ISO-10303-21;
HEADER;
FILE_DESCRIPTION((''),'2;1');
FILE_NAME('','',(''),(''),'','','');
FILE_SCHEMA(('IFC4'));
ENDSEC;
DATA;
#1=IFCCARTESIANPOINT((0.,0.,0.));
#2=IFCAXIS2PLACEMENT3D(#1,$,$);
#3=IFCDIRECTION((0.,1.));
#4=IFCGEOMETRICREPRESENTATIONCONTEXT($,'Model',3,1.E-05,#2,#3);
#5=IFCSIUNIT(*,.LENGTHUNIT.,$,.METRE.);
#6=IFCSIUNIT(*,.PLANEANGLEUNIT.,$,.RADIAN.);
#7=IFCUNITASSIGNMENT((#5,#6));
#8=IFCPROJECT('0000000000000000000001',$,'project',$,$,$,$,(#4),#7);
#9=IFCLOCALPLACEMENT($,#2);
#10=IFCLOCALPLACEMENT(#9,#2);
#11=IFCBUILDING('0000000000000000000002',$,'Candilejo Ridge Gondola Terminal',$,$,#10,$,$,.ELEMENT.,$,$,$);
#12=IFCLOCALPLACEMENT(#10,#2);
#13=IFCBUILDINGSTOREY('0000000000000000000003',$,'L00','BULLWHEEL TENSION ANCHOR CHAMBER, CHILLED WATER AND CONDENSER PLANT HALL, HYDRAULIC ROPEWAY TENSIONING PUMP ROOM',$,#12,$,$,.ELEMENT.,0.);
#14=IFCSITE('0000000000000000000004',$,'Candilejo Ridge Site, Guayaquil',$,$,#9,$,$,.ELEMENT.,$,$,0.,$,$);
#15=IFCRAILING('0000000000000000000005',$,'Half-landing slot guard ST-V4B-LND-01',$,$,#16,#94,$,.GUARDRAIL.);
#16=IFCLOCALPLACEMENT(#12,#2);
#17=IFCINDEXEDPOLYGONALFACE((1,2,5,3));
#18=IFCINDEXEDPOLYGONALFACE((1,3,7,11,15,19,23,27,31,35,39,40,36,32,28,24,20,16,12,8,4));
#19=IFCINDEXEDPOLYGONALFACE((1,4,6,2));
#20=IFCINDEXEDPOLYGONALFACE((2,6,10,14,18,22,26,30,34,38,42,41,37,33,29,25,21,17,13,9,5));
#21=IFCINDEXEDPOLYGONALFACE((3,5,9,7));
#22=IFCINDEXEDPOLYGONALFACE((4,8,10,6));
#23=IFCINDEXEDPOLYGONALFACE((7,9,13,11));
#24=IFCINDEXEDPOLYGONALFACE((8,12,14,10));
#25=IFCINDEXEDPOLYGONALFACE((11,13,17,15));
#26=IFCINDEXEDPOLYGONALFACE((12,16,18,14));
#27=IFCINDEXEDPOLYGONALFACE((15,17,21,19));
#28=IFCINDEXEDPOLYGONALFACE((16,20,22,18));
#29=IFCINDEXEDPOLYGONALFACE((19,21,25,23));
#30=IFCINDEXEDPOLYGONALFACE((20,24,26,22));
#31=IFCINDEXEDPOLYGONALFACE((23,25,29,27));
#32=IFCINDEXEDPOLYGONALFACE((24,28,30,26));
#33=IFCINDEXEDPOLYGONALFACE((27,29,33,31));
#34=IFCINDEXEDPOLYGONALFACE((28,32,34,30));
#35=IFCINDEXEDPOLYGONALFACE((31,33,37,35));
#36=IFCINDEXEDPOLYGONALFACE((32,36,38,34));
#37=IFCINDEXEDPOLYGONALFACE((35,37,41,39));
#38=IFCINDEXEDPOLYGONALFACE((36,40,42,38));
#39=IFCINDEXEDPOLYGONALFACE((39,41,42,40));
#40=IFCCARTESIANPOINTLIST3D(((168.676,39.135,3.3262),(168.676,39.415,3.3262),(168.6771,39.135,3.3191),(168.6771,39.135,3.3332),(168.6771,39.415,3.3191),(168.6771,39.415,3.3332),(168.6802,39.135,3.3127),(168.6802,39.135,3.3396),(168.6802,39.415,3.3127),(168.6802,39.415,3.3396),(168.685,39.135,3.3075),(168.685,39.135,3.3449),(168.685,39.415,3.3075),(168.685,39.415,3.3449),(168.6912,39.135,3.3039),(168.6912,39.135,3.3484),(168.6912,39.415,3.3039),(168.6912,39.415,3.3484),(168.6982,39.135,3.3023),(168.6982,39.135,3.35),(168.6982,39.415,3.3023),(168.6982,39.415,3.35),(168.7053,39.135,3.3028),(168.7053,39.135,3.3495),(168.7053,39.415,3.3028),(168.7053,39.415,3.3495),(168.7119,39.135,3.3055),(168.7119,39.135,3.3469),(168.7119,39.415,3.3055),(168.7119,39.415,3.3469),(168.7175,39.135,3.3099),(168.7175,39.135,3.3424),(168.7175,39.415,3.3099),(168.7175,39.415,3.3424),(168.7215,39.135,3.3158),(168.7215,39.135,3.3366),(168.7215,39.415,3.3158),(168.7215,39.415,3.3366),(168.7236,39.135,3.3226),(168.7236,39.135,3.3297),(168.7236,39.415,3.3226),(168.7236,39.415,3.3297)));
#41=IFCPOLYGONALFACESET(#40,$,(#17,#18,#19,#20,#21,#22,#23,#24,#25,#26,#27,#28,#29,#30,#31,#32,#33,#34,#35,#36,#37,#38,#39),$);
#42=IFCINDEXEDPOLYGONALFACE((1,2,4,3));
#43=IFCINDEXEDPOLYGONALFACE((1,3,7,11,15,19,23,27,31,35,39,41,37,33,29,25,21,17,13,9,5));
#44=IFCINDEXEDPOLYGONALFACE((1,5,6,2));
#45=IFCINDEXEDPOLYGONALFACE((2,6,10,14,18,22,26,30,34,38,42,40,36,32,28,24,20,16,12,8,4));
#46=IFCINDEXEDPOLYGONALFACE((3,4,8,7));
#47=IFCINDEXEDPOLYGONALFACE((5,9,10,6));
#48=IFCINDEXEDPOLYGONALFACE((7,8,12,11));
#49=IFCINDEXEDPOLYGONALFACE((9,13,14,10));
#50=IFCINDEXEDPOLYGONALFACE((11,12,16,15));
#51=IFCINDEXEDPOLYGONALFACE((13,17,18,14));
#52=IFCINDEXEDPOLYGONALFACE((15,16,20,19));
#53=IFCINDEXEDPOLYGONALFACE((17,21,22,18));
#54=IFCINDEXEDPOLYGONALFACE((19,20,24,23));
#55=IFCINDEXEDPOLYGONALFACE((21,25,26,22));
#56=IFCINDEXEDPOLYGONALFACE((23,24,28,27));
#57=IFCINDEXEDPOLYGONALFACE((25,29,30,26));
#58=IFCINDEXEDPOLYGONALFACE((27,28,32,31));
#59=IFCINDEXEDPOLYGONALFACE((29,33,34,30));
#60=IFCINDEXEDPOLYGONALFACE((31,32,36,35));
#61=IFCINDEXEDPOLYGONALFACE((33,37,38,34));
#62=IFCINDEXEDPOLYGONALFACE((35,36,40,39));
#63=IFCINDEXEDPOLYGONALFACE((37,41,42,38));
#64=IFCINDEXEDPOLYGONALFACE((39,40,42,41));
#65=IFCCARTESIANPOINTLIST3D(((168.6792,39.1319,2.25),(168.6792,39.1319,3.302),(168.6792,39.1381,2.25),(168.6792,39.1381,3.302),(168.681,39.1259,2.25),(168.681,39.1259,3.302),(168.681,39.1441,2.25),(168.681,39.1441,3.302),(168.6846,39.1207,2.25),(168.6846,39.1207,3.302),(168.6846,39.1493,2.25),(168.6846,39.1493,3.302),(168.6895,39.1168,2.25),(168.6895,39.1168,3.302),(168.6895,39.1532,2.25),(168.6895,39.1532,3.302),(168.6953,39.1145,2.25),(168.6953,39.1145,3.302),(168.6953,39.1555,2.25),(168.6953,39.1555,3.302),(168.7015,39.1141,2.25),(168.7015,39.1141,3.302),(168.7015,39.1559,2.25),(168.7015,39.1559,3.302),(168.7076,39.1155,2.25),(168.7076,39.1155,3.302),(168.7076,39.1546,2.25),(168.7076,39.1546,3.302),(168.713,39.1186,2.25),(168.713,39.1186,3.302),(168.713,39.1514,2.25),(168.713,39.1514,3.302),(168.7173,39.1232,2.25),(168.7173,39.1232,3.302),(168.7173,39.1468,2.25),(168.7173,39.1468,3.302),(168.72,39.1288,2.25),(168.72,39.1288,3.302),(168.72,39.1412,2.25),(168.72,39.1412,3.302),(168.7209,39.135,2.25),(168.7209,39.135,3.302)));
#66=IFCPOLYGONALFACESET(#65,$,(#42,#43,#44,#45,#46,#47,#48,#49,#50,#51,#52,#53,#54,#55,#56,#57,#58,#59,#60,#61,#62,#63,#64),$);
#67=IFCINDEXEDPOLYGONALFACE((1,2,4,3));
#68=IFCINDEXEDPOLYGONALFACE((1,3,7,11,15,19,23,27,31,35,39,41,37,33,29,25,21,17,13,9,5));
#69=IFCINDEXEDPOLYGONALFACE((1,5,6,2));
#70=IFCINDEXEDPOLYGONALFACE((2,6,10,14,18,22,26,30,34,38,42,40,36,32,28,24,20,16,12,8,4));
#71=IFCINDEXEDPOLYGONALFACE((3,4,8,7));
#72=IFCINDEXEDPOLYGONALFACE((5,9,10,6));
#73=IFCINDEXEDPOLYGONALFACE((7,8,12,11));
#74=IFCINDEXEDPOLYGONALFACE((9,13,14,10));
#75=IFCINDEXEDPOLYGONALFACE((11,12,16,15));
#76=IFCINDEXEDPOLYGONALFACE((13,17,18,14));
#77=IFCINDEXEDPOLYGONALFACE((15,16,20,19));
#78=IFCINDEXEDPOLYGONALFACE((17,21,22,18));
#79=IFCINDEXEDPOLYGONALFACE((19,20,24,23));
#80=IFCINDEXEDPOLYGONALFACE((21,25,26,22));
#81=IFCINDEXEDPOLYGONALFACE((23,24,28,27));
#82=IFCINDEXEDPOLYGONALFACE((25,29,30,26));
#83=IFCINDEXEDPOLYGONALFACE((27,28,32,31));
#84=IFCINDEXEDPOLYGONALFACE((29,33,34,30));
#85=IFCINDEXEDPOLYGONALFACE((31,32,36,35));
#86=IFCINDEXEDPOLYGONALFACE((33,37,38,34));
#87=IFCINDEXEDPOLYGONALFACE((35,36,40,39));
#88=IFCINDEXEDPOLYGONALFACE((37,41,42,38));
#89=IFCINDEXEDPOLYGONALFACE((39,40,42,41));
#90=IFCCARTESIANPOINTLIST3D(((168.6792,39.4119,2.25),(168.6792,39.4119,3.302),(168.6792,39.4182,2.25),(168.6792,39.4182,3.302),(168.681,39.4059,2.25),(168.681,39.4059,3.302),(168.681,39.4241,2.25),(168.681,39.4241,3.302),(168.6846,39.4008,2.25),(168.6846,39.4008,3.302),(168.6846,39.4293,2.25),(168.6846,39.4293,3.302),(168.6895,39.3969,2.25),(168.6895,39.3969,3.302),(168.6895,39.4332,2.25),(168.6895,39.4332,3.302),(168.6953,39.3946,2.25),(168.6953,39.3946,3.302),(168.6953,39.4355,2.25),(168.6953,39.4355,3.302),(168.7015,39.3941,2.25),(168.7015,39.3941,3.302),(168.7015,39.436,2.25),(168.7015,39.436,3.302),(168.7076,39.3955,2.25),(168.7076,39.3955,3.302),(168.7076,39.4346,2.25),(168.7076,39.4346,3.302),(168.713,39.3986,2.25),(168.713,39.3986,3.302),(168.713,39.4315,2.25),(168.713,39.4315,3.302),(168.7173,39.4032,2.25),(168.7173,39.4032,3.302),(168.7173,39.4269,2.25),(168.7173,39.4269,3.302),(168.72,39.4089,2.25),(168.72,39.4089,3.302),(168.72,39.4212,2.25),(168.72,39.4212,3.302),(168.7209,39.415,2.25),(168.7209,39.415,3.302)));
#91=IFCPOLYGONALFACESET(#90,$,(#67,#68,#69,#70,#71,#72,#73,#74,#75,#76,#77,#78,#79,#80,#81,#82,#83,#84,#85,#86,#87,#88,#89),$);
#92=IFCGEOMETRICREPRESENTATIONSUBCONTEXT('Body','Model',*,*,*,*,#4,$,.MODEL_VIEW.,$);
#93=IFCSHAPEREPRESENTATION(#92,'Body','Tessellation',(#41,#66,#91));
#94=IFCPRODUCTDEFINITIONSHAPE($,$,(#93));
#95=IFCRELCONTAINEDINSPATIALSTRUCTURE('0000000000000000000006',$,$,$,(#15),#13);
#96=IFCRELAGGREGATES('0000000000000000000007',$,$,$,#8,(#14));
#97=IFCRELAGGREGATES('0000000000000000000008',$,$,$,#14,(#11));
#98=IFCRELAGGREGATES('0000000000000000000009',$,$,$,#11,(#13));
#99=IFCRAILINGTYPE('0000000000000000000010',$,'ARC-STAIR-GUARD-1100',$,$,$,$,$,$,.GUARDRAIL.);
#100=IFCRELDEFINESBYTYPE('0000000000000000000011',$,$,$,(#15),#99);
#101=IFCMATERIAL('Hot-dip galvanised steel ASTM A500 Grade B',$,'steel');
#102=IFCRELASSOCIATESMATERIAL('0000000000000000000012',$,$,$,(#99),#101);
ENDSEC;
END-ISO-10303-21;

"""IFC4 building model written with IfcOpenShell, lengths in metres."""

from ifc_helpers import new_model, si_unit, direction, frame, origin, origin_2d, place, context, subcontext, project, spatial, circle, extrude, material, type_object, element, save


model = new_model("IFC4")

# Units and contexts
model_context = context("Model", 3, precision=1e-05, world=origin(), true_north=direction((0.0, 1.0)))
body_context = subcontext(model_context, "Body", "Model", "MODEL_VIEW")
ifc_project = project(units=[si_unit("LENGTHUNIT", "METRE"), si_unit("PLANEANGLEUNIT", "RADIAN")], contexts=[model_context])

# Site, building, storey
site_placement = place(None, origin())
site = spatial("IfcSite", under=ifc_project, at=site_placement, Name="Candilejo Ridge Site, Guayaquil", CompositionType="ELEMENT", RefElevation=0.0)
building_placement = place(site_placement, origin())
building = spatial("IfcBuilding", under=site, at=building_placement, Name="Candilejo Ridge Gondola Terminal", CompositionType="ELEMENT")
storey_placement = place(building_placement, origin())
storey = spatial("IfcBuildingStorey", under=building, at=storey_placement, Name="L00", Description="BULLWHEEL TENSION ANCHOR CHAMBER, CHILLED WATER AND CONDENSER PLANT HALL, HYDRAULIC ROPEWAY TENSIONING PUMP ROOM", CompositionType="ELEMENT", Elevation=0.0)

# Railing
ifc_material_1 = material(Name="Hot-dip galvanised steel ASTM A500 Grade B", Category="steel")
railing_type_1 = type_object("IfcRailingType", Name="ARC-STAIR-GUARD-1100", PredefinedType="GUARDRAIL", material=ifc_material_1)
railing_1_placement = place(storey_placement, frame((168.7, 39.135, 2.25)))
element("IfcRailing", 1, at=railing_1_placement, inside=storey, type_object=railing_type_1, Name="Half-landing slot guard ST-V4B-LND-01", PredefinedType="GUARDRAIL", context=body_context, shape_type="SweptSolid", body=[
    extrude(circle(Radius=0.0239, at=origin_2d()), frame((0.0, 0.0, 1.0762), z_axis=(0.0, 1.0, 0.0), x_axis=(-1.0, 0.0, 0.0)), (0.0, 0.0, 1.0), 0.28),
    extrude(circle(Radius=0.021, at=origin_2d()), origin(), (0.0, 0.0, 1.0), 1.052),
    extrude(circle(Radius=0.021, at=origin_2d()), frame((0.0, 0.28, 0.0)), (0.0, 0.0, 1.0), 1.052),
])

save(model, "model.ifc")
